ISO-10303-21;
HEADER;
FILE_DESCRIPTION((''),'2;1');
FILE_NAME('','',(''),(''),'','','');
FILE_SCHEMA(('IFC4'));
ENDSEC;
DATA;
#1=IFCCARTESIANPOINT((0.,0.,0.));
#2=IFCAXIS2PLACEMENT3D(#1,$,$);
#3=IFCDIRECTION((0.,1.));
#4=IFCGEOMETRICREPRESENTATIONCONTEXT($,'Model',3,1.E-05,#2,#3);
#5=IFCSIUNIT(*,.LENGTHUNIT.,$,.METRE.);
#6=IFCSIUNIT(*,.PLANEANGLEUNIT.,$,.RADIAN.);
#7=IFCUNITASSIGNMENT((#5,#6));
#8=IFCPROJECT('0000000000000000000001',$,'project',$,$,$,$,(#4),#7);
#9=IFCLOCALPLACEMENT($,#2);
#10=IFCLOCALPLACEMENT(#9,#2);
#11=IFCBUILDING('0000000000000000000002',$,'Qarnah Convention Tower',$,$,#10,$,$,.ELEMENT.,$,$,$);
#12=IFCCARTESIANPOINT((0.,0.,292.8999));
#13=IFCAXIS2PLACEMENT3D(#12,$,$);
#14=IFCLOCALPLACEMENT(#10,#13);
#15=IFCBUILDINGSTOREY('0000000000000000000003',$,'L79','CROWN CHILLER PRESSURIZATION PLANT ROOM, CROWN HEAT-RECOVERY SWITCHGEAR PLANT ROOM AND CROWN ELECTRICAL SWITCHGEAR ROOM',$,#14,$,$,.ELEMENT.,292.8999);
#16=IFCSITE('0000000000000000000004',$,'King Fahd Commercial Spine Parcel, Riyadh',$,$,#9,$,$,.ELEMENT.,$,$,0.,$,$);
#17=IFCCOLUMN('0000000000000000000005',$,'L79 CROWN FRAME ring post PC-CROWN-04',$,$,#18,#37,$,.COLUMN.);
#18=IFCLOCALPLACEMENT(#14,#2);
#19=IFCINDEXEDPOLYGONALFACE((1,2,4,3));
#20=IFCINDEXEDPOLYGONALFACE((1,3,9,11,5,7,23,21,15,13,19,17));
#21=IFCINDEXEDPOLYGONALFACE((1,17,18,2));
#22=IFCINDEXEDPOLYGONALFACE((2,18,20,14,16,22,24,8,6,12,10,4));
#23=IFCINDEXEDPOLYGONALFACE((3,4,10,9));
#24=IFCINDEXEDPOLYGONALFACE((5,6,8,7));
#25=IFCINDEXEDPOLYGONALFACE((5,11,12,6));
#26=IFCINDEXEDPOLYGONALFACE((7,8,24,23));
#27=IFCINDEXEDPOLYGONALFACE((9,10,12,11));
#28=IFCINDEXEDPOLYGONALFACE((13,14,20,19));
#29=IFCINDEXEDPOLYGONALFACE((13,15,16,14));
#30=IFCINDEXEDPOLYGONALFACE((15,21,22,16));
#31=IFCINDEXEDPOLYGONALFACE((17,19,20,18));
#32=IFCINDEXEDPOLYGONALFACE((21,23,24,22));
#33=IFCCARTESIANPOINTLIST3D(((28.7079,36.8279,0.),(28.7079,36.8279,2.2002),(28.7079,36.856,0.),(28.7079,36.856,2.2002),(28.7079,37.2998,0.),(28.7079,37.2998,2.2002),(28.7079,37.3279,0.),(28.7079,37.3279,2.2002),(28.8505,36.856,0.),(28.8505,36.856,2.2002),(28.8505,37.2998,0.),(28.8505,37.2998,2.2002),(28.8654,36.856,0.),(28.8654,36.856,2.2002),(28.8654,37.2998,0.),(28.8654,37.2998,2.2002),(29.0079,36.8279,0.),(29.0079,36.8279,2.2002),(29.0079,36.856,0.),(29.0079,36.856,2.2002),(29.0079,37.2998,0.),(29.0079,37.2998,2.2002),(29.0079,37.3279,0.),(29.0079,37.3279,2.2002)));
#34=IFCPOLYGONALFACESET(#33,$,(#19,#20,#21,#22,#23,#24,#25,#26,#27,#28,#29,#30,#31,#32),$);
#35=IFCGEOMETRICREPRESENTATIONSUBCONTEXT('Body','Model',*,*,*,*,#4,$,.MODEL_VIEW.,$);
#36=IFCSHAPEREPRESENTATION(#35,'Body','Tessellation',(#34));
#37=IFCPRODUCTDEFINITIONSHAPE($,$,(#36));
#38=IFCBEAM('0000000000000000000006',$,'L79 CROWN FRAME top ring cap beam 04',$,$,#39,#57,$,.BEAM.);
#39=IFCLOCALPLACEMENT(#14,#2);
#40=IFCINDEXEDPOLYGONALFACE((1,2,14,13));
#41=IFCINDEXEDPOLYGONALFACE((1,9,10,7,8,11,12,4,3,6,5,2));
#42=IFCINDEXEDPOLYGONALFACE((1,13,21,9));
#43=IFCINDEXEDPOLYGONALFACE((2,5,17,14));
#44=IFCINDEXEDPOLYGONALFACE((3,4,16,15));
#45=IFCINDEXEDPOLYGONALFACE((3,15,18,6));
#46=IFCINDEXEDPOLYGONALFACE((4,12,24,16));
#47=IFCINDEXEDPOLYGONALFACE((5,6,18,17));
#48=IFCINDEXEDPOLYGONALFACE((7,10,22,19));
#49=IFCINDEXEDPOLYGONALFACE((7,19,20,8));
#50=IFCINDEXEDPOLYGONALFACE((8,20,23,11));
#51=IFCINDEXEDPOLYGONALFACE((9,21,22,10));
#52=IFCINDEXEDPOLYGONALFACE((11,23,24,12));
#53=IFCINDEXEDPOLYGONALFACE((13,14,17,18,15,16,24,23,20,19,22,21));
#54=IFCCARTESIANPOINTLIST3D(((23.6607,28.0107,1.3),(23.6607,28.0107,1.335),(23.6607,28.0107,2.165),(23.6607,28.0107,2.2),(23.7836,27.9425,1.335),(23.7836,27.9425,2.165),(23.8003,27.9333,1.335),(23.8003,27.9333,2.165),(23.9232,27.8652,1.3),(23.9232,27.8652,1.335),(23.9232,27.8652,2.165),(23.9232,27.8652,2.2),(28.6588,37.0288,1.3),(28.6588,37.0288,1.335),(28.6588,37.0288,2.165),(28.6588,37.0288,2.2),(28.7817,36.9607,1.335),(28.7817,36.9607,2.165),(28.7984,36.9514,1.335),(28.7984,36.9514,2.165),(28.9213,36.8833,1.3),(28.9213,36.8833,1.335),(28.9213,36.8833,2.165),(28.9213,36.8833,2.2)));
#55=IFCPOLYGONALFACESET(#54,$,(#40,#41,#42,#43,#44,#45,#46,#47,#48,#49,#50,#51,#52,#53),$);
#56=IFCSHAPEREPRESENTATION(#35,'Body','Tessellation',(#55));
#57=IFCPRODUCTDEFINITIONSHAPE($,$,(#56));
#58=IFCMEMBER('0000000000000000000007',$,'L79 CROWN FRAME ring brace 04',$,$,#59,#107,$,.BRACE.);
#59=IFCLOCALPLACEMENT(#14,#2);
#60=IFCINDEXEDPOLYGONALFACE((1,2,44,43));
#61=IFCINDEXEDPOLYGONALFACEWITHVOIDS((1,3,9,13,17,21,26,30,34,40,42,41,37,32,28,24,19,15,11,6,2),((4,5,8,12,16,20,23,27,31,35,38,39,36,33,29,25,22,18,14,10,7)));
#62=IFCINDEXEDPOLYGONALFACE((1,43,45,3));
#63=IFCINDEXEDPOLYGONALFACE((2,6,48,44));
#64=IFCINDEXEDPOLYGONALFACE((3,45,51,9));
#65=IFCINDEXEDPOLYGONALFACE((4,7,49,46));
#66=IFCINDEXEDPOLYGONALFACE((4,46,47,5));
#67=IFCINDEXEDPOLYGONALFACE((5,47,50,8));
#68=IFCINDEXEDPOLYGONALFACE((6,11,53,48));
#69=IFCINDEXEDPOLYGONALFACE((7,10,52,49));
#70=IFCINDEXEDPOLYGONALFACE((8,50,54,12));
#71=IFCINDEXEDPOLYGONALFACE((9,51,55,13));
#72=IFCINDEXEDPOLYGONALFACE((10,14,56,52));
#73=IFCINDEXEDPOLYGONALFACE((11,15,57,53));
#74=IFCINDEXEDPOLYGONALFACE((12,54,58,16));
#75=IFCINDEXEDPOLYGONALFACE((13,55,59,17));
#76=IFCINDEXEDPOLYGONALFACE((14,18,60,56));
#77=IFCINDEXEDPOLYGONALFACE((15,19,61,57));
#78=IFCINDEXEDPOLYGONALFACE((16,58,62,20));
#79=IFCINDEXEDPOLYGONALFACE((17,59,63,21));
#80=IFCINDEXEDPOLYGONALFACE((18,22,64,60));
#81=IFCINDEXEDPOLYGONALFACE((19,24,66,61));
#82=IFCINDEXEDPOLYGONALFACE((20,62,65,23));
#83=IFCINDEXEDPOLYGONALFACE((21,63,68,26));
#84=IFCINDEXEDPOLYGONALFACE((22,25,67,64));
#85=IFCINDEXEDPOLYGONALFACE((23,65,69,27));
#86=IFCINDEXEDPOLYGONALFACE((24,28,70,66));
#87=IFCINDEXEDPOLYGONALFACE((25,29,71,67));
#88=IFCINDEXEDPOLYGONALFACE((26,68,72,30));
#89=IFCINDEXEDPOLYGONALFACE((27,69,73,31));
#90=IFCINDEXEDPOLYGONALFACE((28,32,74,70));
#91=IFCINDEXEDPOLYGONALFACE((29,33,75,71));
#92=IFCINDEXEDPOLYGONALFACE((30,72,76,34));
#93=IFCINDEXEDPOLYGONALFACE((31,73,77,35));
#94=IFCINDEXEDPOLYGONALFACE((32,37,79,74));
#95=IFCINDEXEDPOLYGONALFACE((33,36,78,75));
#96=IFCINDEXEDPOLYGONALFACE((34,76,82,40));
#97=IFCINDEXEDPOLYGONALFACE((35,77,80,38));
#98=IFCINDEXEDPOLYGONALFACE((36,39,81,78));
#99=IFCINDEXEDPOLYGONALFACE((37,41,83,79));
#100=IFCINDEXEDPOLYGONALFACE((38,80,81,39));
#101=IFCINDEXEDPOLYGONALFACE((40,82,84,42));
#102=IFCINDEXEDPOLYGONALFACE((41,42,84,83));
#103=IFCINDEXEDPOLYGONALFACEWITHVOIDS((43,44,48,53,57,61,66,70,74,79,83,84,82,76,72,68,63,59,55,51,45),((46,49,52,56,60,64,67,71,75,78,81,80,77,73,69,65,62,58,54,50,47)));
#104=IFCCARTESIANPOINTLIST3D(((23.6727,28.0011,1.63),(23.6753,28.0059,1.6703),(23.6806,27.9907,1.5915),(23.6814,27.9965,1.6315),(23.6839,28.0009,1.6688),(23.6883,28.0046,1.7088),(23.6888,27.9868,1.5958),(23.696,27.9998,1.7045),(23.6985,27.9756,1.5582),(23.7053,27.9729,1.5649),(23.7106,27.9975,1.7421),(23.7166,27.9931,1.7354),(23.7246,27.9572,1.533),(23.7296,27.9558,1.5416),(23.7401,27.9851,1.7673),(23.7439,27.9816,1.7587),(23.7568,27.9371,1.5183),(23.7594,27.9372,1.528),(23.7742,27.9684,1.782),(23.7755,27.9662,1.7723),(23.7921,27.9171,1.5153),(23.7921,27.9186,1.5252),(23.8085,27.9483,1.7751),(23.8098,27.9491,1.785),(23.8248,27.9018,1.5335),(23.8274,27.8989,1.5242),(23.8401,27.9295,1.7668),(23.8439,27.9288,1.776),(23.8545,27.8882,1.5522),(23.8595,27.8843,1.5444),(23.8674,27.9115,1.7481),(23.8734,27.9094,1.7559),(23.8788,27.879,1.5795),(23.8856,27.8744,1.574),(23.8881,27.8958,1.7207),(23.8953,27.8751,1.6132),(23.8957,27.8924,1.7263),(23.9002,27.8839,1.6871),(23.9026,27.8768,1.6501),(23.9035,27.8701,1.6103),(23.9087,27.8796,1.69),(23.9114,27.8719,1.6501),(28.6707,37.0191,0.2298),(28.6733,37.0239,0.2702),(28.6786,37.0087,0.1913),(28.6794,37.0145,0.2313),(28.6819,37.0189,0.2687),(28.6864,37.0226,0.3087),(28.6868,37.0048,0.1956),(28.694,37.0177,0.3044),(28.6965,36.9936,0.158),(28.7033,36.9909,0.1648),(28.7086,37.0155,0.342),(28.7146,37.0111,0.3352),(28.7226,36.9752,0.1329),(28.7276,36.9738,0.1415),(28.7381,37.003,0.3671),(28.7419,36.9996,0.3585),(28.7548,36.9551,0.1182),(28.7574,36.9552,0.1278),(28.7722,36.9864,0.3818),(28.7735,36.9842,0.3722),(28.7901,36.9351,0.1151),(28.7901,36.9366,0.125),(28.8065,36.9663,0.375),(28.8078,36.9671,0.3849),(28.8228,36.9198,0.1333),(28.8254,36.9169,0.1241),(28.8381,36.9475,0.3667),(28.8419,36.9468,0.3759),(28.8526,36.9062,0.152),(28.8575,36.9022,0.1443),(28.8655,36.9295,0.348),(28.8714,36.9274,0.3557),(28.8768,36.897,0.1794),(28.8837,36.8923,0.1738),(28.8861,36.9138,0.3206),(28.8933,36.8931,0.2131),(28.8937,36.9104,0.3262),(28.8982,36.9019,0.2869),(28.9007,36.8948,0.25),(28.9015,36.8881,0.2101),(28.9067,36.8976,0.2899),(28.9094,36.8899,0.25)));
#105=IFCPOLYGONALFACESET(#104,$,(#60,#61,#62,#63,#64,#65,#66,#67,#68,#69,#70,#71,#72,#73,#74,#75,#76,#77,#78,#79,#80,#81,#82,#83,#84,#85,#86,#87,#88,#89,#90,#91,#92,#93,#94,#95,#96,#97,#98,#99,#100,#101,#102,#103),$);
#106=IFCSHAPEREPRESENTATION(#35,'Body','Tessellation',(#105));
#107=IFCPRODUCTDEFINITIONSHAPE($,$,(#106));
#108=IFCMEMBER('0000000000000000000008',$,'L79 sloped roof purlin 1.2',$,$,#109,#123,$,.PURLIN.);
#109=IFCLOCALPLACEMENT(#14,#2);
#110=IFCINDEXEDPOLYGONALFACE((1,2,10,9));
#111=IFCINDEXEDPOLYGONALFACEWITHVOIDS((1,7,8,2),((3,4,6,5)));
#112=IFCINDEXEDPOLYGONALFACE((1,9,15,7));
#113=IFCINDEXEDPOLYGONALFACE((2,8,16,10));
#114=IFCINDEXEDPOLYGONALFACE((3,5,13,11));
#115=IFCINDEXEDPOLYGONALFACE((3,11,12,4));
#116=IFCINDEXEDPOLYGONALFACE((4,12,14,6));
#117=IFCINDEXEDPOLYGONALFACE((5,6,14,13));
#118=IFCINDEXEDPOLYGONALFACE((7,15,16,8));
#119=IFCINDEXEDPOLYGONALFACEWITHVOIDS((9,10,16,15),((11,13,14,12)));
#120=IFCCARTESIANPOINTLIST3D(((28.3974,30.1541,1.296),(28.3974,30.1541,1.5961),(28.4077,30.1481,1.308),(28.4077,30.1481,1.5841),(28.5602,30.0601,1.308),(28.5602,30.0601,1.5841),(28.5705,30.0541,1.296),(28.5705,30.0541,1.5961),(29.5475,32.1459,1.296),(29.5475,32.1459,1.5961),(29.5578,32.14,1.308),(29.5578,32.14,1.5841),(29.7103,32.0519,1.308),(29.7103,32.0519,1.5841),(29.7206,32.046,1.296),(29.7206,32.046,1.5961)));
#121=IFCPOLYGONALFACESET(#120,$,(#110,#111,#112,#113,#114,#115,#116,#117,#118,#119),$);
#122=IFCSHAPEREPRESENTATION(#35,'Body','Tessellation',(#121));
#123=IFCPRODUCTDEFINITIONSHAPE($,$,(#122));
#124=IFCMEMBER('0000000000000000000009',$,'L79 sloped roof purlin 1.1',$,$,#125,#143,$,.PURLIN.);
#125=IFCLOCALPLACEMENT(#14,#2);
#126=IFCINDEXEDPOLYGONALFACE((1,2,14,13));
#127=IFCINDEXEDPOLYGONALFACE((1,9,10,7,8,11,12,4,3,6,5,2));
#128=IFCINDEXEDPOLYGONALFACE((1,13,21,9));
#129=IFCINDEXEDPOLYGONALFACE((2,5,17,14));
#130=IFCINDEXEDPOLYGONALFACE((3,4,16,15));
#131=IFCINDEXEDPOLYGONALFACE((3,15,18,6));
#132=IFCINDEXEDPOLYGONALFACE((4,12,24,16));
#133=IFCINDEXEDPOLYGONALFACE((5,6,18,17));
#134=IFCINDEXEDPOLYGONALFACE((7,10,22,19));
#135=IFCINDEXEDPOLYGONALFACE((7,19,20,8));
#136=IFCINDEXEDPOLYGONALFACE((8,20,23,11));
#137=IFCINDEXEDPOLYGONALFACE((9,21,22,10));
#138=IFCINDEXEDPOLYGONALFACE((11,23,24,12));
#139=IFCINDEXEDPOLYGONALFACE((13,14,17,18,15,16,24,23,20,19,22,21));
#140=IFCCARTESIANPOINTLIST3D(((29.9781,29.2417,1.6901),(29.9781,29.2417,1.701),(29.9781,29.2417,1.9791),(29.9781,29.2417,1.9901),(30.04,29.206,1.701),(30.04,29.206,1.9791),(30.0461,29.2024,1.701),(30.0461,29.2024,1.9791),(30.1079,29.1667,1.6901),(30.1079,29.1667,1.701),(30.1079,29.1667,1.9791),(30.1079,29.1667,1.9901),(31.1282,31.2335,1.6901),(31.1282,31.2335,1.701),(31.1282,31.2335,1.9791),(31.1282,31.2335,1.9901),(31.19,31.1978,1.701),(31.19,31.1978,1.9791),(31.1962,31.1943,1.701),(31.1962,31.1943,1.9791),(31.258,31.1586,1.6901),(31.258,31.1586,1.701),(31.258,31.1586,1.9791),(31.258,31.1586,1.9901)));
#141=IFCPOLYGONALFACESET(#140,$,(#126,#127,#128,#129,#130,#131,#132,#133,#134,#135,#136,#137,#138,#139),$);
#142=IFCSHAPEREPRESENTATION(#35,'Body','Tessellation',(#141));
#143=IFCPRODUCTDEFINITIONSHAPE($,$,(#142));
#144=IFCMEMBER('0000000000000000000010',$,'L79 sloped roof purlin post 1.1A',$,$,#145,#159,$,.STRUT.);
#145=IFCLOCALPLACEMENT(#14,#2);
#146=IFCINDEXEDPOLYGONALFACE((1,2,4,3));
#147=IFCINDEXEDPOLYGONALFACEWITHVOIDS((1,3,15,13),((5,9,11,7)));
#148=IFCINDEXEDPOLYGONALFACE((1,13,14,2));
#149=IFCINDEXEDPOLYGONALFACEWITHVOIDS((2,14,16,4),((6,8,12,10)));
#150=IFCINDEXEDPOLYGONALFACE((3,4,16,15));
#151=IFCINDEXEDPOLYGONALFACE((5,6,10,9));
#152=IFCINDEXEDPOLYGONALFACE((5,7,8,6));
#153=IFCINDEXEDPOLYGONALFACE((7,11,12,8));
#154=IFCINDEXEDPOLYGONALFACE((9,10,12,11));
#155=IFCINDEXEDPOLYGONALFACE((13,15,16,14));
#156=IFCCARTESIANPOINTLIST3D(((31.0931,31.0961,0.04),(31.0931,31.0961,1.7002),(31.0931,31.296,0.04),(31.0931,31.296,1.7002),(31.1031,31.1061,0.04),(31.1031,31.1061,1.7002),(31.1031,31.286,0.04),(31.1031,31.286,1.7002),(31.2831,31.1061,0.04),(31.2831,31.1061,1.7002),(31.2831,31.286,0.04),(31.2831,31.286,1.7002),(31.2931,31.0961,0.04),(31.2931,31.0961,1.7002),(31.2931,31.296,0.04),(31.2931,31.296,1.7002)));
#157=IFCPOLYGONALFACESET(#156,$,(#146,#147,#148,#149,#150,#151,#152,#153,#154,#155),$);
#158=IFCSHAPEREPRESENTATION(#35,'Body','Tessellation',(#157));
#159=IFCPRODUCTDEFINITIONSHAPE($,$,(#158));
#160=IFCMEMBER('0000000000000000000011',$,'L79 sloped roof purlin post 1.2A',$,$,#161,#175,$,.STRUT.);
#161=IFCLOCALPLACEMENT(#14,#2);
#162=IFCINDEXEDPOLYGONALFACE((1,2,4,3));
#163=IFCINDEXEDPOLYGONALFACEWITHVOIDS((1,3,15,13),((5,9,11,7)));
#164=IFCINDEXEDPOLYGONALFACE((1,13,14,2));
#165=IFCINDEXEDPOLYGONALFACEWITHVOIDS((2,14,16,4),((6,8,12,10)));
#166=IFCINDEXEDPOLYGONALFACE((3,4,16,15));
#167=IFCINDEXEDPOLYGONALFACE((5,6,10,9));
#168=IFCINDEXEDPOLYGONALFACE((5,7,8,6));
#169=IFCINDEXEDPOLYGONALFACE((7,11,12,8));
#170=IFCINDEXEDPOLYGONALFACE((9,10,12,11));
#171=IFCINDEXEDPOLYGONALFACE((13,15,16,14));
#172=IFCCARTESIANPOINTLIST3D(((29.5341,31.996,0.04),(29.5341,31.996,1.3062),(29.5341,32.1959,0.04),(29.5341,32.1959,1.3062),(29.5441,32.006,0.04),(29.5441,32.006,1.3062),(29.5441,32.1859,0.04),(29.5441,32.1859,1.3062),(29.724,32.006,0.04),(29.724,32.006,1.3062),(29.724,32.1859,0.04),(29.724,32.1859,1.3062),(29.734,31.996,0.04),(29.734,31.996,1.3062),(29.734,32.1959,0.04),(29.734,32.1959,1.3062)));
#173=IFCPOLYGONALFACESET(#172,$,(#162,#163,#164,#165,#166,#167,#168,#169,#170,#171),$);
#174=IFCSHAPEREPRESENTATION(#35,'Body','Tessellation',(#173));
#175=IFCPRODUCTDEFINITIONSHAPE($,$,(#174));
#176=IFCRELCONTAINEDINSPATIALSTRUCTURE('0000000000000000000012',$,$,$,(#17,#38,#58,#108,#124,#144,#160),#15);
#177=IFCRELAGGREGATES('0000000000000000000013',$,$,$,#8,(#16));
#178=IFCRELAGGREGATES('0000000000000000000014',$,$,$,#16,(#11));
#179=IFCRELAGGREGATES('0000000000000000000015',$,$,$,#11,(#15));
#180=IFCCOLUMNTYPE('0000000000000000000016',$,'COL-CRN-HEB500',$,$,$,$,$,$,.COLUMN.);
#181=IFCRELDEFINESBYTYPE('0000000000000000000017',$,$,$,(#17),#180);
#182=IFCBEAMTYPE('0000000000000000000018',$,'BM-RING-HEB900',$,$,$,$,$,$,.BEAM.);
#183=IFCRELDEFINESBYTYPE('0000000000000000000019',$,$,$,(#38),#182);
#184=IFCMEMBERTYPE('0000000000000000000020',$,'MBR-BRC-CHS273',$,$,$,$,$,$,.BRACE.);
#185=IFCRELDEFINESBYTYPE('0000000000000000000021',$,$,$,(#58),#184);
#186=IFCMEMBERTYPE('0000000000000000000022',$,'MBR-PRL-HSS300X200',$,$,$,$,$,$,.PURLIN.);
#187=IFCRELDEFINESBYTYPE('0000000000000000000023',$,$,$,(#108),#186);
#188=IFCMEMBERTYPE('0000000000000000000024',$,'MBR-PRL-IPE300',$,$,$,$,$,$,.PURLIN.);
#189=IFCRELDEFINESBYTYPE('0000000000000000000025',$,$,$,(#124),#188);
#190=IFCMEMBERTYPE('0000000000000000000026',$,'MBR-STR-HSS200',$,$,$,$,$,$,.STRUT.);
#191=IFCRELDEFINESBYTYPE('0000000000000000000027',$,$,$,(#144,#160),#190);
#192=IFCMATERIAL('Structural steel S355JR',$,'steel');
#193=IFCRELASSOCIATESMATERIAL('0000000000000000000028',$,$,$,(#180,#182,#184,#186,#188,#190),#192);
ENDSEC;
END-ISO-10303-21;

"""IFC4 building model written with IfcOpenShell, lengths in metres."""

from ifc_helpers import new_model, si_unit, direction, frame, origin, origin_2d, place, context, subcontext, project, spatial, hollow_rectangle, hollow_circle, i_section, extrude, material, material_profile, profile_set, type_object, element, save


model = new_model("IFC4")

# Units and contexts
model_context = context("Model", 3, precision=1e-05, world=origin(), true_north=direction((0.0, 1.0)))
body_context = subcontext(model_context, "Body", "Model", "MODEL_VIEW")
ifc_project = project(units=[si_unit("LENGTHUNIT", "METRE"), si_unit("PLANEANGLEUNIT", "RADIAN")], contexts=[model_context])

# Site, building, storey
site_placement = place(None, origin())
site = spatial("IfcSite", under=ifc_project, at=site_placement, Name="King Fahd Commercial Spine Parcel, Riyadh", CompositionType="ELEMENT", RefElevation=0.0)
building_placement = place(site_placement, origin())
building = spatial("IfcBuilding", under=site, at=building_placement, Name="Qarnah Convention Tower", CompositionType="ELEMENT")
storey_placement = place(building_placement, frame((0.0, 0.0, 292.8999)))
storey = spatial("IfcBuildingStorey", under=building, at=storey_placement, Name="L79", Description="CROWN CHILLER PRESSURIZATION PLANT ROOM, CROWN HEAT-RECOVERY SWITCHGEAR PLANT ROOM AND CROWN ELECTRICAL SWITCHGEAR ROOM", CompositionType="ELEMENT", Elevation=292.8999)

# Column
ifc_material_1 = material(Name="Structural steel S355JR", Category="steel")
ifc_material_profile_1 = material_profile(ifc_material_1, i_section(OverallWidth=0.3, OverallDepth=0.5, WebThickness=0.0149, FlangeThickness=0.0281, at=origin_2d()), Name="HEB500")
ifc_profile_set_1 = profile_set([ifc_material_profile_1], Name="Structural steel S355JR")
column_type = type_object("IfcColumnType", Name="COL-CRN-HEB500", PredefinedType="COLUMN", material=ifc_profile_set_1)
column_placement = place(storey_placement, frame((28.8579, 37.0779, 0.0), z_axis=(0.0, 0.0, 1.0), x_axis=(1.0, 0.0, 0.0)))
element("IfcColumn", 1, at=column_placement, inside=storey, type_object=column_type, Name="L79 CROWN FRAME ring post PC-CROWN-04", PredefinedType="COLUMN", context=body_context, shape_type="SweptSolid", body=[
    extrude(i_section(OverallWidth=0.3, OverallDepth=0.5, WebThickness=0.0149, FlangeThickness=0.0281, at=origin_2d()), origin(), (0.0, 0.0, 1.0), 2.2002),
])

# Beam
ifc_material_profile_2 = material_profile(ifc_material_1, i_section(OverallWidth=0.3, OverallDepth=0.8999, WebThickness=0.019, FlangeThickness=0.0349, at=origin_2d()), Name="HEB900")
ifc_profile_set_2 = profile_set([ifc_material_profile_2], Name="Structural steel S355JR")
beam_type = type_object("IfcBeamType", Name="BM-RING-HEB900", PredefinedType="BEAM", material=ifc_profile_set_2)
beam_placement = place(storey_placement, frame((28.79, 36.9561, 1.75), z_axis=(-0.484754, -0.874651, 0.0), x_axis=(0.874651, -0.484754, 0.0)))
element("IfcBeam", 2, at=beam_placement, inside=storey, type_object=beam_type, Name="L79 CROWN FRAME top ring cap beam 04", PredefinedType="BEAM", context=body_context, shape_type="SweptSolid", body=[
    extrude(i_section(OverallWidth=0.3, OverallDepth=0.8999, WebThickness=0.019, FlangeThickness=0.0349, at=origin_2d()), origin(), (0.0, 0.0, 1.0), 10.3105),
])

# Members
ifc_material_profile_3 = material_profile(ifc_material_1, hollow_circle(Radius=0.1365, WallThickness=0.01, at=origin_2d()), Name="CHS273X10")
ifc_profile_set_3 = profile_set([ifc_material_profile_3], Name="Structural steel S355JR")
member_type_1 = type_object("IfcMemberType", Name="MBR-BRC-CHS273", PredefinedType="BRACE", material=ifc_profile_set_3)
member_1_placement = place(storey_placement, frame((28.79, 36.9561, 0.25), z_axis=(-0.480345, -0.866696, 0.134563), x_axis=(0.874651, -0.484754, 0.0)))
element("IfcMember", 3, at=member_1_placement, inside=storey, type_object=member_type_1, Name="L79 CROWN FRAME ring brace 04", PredefinedType="BRACE", context=body_context, shape_type="SweptSolid", body=[
    extrude(hollow_circle(Radius=0.1365, WallThickness=0.01, at=origin_2d()), origin(), (0.0, 0.0, 1.0), 10.405),
])
ifc_material_profile_4 = material_profile(ifc_material_1, hollow_rectangle(XDim=0.2, YDim=0.3, WallThickness=0.012, at=origin_2d()), Name="HSS300X200X12")
ifc_profile_set_4 = profile_set([ifc_material_profile_4], Name="Structural steel S355JR")
member_type_2 = type_object("IfcMemberType", Name="MBR-PRL-HSS300X200", PredefinedType="PURLIN", material=ifc_profile_set_4)
member_2_placement = place(storey_placement, frame((29.634, 32.0959, 1.446), z_axis=(-0.500032, -0.866007, 0.0), x_axis=(0.866007, -0.500032, 0.0)))
element("IfcMember", 4, at=member_2_placement, inside=storey, type_object=member_type_2, Name="L79 sloped roof purlin 1.2", PredefinedType="PURLIN", context=body_context, shape_type="SweptSolid", body=[
    extrude(hollow_rectangle(XDim=0.2, YDim=0.3, WallThickness=0.012, at=origin_2d()), origin(), (0.0, 0.0, 1.0), 2.3),
])
ifc_material_profile_5 = material_profile(ifc_material_1, i_section(OverallWidth=0.1499, OverallDepth=0.3, WebThickness=0.0071, FlangeThickness=0.011, at=origin_2d()), Name="IPE300")
ifc_profile_set_5 = profile_set([ifc_material_profile_5], Name="Structural steel S355JR")
member_type_3 = type_object("IfcMemberType", Name="MBR-PRL-IPE300", PredefinedType="PURLIN", material=ifc_profile_set_5)
member_3_placement = place(storey_placement, frame((31.1931, 31.196, 1.8401), z_axis=(-0.500032, -0.866007, 0.0), x_axis=(0.866007, -0.500032, 0.0)))
element("IfcMember", 5, at=member_3_placement, inside=storey, type_object=member_type_3, Name="L79 sloped roof purlin 1.1", PredefinedType="PURLIN", context=body_context, shape_type="SweptSolid", body=[
    extrude(i_section(OverallWidth=0.1499, OverallDepth=0.3, WebThickness=0.0071, FlangeThickness=0.011, at=origin_2d()), origin(), (0.0, 0.0, 1.0), 2.3),
])
ifc_material_profile_6 = material_profile(ifc_material_1, hollow_rectangle(XDim=0.2, YDim=0.2, WallThickness=0.01, at=origin_2d()), Name="HSS200X200X10")
ifc_profile_set_6 = profile_set([ifc_material_profile_6], Name="Structural steel S355JR")
member_type_4 = type_object("IfcMemberType", Name="MBR-STR-HSS200", PredefinedType="STRUT", material=ifc_profile_set_6)
member_4_placement = place(storey_placement, frame((31.1931, 31.196, 0.04), z_axis=(0.0, 0.0, 1.0), x_axis=(1.0, 0.0, 0.0)))
element("IfcMember", 6, at=member_4_placement, inside=storey, type_object=member_type_4, Name="L79 sloped roof purlin post 1.1A", PredefinedType="STRUT", context=body_context, shape_type="SweptSolid", body=[
    extrude(hollow_rectangle(XDim=0.2, YDim=0.2, WallThickness=0.01, at=origin_2d()), origin(), (0.0, 0.0, 1.0), 1.6602),
])
member_5_placement = place(storey_placement, frame((29.634, 32.0959, 0.04), z_axis=(0.0, 0.0, 1.0), x_axis=(1.0, 0.0, 0.0)))
element("IfcMember", 7, at=member_5_placement, inside=storey, type_object=member_type_4, Name="L79 sloped roof purlin post 1.2A", PredefinedType="STRUT", context=body_context, shape_type="SweptSolid", body=[
    extrude(hollow_rectangle(XDim=0.2, YDim=0.2, WallThickness=0.01, at=origin_2d()), origin(), (0.0, 0.0, 1.0), 1.2661),
])

save(model, "model.ifc")
